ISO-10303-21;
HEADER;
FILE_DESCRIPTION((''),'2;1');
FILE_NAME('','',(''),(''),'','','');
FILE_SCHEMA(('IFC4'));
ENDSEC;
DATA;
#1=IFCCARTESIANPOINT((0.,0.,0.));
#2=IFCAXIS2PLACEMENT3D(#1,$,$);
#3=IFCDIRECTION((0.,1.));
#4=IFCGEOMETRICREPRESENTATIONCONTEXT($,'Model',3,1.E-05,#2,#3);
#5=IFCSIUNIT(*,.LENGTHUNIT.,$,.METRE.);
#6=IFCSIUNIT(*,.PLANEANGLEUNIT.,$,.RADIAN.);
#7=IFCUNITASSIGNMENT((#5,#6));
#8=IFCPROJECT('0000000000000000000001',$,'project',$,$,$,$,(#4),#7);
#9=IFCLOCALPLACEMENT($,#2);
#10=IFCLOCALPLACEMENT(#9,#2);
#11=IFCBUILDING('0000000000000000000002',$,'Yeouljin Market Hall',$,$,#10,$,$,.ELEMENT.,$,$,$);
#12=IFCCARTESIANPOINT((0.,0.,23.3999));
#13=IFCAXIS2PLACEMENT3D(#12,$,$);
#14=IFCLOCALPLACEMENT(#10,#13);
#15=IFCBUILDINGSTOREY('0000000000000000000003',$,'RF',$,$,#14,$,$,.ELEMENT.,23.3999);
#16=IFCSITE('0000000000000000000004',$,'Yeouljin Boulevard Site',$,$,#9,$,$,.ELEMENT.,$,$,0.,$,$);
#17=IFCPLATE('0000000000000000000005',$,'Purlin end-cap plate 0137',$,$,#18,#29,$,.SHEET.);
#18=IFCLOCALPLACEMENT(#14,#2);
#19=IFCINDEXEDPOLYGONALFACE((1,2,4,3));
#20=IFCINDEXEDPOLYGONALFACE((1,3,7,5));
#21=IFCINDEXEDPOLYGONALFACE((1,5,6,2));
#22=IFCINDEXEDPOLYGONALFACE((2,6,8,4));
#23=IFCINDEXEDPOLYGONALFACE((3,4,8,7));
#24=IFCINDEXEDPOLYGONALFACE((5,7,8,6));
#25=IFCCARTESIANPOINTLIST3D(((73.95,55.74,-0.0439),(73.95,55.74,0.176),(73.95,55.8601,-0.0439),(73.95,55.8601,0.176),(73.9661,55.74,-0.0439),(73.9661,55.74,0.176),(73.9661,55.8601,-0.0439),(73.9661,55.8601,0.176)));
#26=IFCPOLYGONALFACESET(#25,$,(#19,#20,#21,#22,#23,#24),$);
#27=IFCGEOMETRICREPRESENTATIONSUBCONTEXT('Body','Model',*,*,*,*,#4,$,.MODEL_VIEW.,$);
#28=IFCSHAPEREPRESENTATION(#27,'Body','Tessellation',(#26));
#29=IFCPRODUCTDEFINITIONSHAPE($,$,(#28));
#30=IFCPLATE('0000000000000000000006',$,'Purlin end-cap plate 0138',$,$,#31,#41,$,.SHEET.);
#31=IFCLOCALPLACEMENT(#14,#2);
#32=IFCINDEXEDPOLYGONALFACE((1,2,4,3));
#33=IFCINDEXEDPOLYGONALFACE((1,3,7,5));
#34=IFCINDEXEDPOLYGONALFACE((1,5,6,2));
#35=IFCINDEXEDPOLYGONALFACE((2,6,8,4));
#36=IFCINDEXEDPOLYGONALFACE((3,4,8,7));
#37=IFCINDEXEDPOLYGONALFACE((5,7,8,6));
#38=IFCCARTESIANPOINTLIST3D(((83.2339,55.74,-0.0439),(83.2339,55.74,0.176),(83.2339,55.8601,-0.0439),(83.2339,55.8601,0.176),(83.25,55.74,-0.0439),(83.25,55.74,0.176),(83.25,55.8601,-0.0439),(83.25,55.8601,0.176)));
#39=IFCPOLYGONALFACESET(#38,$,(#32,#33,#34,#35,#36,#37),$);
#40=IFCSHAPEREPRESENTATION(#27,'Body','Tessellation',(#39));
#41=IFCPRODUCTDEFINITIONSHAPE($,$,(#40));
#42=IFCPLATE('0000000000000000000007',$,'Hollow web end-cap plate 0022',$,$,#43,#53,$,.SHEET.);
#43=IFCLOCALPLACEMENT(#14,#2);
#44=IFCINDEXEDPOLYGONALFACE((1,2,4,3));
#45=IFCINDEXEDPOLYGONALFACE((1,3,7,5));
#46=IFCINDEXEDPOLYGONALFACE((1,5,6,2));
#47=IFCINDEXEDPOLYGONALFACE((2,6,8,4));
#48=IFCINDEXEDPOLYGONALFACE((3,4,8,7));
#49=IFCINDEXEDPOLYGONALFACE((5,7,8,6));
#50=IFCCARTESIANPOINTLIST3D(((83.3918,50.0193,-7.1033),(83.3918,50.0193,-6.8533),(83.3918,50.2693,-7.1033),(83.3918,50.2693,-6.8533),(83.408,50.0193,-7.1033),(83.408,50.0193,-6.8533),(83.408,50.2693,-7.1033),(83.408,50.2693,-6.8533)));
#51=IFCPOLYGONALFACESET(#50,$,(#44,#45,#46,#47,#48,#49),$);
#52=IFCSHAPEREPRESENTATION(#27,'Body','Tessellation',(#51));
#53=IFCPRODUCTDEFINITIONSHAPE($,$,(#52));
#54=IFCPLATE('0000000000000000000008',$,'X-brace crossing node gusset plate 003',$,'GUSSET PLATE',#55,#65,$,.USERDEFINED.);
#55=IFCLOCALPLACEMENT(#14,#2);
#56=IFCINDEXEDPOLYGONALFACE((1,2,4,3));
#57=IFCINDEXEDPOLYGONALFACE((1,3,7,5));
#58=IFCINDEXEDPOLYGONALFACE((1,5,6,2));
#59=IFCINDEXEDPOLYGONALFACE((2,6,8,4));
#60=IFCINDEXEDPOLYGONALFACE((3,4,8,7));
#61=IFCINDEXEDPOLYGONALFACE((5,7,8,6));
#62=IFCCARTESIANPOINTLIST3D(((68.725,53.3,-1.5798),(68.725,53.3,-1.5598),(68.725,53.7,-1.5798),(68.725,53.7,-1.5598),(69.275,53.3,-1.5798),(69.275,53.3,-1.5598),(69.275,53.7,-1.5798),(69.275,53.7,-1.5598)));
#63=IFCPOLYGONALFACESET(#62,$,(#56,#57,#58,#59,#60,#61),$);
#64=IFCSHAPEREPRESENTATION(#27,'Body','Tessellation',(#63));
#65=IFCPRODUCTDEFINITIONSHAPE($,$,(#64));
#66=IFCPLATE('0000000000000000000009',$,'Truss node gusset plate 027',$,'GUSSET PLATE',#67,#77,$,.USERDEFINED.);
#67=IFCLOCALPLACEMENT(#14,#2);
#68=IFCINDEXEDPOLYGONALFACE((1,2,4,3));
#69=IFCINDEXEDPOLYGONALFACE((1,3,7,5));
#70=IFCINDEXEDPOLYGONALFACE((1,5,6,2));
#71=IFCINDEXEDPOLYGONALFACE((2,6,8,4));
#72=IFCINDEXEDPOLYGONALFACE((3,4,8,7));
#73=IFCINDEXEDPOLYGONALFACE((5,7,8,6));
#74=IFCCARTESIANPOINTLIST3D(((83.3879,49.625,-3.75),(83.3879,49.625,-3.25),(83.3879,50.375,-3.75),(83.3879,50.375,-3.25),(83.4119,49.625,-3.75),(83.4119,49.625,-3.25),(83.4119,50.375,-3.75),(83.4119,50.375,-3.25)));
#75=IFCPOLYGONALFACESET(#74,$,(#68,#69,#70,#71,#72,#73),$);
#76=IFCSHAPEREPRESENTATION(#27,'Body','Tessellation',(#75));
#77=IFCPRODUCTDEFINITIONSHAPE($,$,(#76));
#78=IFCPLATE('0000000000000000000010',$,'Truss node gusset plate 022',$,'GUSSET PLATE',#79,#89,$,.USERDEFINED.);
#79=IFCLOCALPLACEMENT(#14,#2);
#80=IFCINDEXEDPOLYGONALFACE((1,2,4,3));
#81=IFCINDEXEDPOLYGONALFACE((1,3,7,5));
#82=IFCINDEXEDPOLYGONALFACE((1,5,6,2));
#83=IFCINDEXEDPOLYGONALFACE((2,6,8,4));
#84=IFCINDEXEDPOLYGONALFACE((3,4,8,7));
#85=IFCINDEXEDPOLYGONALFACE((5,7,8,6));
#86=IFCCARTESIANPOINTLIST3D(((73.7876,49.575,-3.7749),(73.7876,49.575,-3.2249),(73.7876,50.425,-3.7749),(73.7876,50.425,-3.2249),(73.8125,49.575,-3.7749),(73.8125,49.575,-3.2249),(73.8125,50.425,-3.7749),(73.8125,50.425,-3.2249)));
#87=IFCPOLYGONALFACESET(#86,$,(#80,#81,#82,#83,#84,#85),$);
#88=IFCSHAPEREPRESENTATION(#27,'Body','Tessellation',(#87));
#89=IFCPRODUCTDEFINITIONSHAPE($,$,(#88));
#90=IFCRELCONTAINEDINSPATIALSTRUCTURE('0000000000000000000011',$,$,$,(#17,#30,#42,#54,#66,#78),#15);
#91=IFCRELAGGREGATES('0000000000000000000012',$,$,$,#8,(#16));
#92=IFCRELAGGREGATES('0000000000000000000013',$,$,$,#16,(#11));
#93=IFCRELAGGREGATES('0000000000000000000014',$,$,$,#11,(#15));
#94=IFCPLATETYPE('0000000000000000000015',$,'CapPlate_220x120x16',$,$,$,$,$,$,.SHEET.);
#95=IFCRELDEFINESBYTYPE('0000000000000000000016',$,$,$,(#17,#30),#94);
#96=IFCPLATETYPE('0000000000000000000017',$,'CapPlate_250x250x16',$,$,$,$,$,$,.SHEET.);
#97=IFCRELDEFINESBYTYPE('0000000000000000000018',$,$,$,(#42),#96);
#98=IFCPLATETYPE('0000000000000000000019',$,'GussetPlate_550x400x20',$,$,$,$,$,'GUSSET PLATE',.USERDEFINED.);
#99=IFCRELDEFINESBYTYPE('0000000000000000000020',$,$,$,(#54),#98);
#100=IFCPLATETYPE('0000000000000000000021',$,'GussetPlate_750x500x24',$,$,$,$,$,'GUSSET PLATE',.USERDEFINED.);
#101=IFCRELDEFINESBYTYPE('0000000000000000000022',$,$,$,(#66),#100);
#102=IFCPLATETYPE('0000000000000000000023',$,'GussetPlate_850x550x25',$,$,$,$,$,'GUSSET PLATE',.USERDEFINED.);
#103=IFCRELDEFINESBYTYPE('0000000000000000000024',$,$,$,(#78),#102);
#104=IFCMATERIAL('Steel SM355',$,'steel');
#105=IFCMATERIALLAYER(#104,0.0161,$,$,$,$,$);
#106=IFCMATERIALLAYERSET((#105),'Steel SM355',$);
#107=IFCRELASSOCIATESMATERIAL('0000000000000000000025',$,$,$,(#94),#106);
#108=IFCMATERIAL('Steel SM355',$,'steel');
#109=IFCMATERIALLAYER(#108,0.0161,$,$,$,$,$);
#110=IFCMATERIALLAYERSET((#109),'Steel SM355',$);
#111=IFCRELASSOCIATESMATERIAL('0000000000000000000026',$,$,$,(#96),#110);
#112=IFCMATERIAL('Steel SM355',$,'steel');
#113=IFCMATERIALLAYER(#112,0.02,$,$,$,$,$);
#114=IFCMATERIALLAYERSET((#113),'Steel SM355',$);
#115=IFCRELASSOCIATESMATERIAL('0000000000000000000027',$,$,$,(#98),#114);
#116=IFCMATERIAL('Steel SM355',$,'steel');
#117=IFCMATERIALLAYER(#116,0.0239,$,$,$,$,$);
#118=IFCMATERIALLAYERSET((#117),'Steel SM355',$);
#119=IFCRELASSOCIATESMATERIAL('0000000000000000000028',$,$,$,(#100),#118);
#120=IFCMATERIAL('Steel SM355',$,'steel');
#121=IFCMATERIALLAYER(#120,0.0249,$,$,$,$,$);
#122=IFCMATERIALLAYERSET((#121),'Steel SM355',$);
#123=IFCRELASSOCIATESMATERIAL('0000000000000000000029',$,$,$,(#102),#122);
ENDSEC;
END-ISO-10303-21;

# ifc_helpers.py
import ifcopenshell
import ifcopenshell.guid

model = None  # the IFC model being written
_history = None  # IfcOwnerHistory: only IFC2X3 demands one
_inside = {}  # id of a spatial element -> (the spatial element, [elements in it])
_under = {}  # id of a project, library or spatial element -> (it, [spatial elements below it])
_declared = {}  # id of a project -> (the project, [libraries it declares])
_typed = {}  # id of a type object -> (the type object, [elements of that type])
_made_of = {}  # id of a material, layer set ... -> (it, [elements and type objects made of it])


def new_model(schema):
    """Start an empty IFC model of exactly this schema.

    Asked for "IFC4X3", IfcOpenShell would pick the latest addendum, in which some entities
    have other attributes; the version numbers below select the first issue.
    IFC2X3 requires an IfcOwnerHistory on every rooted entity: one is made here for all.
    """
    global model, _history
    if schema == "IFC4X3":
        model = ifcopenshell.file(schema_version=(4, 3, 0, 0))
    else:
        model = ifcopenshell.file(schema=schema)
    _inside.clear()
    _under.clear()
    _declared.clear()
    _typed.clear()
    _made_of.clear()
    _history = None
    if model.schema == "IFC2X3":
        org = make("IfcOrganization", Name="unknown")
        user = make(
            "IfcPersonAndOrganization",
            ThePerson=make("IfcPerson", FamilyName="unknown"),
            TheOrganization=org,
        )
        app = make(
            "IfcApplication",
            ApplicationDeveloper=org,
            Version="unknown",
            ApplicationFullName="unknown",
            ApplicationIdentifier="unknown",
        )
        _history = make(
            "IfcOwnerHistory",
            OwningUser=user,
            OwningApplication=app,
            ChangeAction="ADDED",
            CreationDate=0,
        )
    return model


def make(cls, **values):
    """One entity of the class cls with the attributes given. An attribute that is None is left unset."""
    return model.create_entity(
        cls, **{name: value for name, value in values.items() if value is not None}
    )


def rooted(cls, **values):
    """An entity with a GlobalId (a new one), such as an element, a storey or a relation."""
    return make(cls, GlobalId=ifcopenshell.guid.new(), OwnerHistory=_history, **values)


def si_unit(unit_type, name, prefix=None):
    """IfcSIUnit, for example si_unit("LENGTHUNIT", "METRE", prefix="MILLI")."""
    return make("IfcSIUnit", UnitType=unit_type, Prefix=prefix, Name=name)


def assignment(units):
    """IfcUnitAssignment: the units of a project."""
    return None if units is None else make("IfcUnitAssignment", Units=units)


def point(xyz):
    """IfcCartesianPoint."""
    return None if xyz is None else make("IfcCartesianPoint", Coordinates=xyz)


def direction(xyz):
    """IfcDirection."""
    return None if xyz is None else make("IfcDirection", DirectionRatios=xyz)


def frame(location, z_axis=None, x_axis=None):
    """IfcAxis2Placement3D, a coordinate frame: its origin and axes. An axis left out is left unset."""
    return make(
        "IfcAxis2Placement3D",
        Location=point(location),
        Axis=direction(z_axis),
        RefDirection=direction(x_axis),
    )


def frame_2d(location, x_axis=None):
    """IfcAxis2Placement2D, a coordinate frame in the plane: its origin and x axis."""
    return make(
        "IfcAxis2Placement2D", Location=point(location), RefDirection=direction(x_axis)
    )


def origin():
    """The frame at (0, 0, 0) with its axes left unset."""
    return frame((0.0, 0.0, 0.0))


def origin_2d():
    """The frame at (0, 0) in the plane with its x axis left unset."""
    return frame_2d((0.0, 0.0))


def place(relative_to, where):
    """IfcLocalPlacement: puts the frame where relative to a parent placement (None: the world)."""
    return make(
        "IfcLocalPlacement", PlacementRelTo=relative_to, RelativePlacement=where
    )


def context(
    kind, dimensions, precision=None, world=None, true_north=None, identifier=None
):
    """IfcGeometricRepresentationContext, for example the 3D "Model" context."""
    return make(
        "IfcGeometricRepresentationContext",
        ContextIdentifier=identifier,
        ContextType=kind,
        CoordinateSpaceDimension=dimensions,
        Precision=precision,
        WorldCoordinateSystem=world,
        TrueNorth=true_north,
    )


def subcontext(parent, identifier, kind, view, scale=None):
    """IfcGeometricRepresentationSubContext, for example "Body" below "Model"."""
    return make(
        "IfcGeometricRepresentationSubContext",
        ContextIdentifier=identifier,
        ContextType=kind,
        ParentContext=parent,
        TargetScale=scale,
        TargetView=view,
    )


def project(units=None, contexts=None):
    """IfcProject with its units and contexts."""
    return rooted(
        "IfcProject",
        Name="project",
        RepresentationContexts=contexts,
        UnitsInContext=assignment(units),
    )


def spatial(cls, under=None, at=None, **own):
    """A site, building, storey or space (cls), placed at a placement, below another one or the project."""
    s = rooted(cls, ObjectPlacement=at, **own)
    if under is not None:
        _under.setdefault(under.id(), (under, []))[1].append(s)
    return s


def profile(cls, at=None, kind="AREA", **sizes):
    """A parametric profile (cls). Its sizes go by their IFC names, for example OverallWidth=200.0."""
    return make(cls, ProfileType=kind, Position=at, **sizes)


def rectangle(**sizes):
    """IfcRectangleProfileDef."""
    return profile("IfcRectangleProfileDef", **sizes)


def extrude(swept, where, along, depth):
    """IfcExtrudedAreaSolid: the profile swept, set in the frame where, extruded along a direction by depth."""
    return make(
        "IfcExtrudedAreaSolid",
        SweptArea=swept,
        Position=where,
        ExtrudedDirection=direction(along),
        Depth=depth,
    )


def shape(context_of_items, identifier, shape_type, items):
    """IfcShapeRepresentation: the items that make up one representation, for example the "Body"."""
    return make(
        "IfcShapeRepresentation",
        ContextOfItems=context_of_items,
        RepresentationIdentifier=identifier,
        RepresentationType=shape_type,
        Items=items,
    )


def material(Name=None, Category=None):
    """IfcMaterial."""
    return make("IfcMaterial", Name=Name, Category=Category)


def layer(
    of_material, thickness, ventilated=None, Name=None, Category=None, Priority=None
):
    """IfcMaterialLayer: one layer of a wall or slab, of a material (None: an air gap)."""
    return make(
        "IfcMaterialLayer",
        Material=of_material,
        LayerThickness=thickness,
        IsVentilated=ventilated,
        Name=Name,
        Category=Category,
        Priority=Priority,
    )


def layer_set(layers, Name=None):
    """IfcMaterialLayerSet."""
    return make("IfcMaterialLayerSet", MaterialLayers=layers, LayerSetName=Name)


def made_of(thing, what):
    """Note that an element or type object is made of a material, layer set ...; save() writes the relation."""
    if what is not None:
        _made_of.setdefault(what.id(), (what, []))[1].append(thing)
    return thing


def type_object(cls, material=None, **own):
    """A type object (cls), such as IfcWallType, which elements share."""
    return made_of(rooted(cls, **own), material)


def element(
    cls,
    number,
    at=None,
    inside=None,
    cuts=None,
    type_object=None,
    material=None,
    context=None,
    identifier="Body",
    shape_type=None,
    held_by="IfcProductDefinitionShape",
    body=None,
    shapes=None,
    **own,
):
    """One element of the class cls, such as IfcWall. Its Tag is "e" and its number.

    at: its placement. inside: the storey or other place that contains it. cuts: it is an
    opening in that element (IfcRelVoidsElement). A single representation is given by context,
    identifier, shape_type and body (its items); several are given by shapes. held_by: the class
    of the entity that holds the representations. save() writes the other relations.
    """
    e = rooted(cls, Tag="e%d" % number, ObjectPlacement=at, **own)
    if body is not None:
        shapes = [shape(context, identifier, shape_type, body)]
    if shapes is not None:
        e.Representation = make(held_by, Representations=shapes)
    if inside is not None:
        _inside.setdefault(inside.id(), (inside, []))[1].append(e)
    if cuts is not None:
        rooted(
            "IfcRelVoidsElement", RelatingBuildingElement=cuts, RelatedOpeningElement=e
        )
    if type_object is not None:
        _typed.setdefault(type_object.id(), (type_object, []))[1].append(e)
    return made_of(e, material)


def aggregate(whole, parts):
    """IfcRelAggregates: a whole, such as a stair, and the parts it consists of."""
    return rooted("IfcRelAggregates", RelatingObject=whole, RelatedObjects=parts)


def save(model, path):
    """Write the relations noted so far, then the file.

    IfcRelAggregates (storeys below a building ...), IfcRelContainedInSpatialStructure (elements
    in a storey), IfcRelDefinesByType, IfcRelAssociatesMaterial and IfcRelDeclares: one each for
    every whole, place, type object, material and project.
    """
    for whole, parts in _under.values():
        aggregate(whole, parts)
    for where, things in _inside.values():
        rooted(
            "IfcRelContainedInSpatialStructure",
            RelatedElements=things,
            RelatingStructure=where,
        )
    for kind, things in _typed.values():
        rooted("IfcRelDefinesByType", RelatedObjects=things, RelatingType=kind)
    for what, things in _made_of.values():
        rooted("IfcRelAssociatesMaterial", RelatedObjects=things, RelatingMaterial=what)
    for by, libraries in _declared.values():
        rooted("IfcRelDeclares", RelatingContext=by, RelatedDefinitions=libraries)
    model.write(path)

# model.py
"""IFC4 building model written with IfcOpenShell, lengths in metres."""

from ifc_helpers import new_model, si_unit, direction, frame, origin, origin_2d, place, context, subcontext, project, spatial, rectangle, extrude, material, layer, layer_set, type_object, element, save


model = new_model("IFC4")

# Units and contexts
model_context = context("Model", 3, precision=1e-05, world=origin(), true_north=direction((0.0, 1.0)))
body_context = subcontext(model_context, "Body", "Model", "MODEL_VIEW")
ifc_project = project(units=[si_unit("LENGTHUNIT", "METRE"), si_unit("PLANEANGLEUNIT", "RADIAN")], contexts=[model_context])

# Site, building, storey
site_placement = place(None, origin())
site = spatial("IfcSite", under=ifc_project, at=site_placement, Name="Yeouljin Boulevard Site", CompositionType="ELEMENT", RefElevation=0.0)
building_placement = place(site_placement, origin())
building = spatial("IfcBuilding", under=site, at=building_placement, Name="Yeouljin Market Hall", CompositionType="ELEMENT")
storey_placement = place(building_placement, frame((0.0, 0.0, 23.3999)))
storey = spatial("IfcBuildingStorey", under=building, at=storey_placement, Name="RF", CompositionType="ELEMENT", Elevation=23.3999)

# Plates
ifc_material_1 = material(Name="Steel SM355", Category="steel")
ifc_layer_1 = layer(ifc_material_1, 0.0161)
ifc_layer_set_1 = layer_set([ifc_layer_1], Name="Steel SM355")
plate_type_1 = type_object("IfcPlateType", Name="CapPlate_220x120x16", PredefinedType="SHEET", material=ifc_layer_set_1)
for number, where, z_axis, x_axis, name in (
    (1, (73.958, 55.8, -0.0439), (0.0, 0.0, 1.0), (0.0, 1.0, 0.0), "Purlin end-cap plate 0137"),
    (2, (83.2419, 55.8, -0.0439), (0.0, 0.0, 1.0), (0.0, 1.0, 0.0), "Purlin end-cap plate 0138"),
):
    element("IfcPlate", number, at=place(storey_placement, frame(where, z_axis=z_axis, x_axis=x_axis)), inside=storey, type_object=plate_type_1, Name=name, PredefinedType="SHEET", context=body_context, shape_type="SweptSolid", body=[
        extrude(rectangle(XDim=0.1201, YDim=0.0161, at=origin_2d()), origin(), (0.0, 0.0, 1.0), 0.22),
    ])
ifc_material_2 = material(Name="Steel SM355", Category="steel")
ifc_layer_2 = layer(ifc_material_2, 0.0161)
ifc_layer_set_2 = layer_set([ifc_layer_2], Name="Steel SM355")
plate_type_2 = type_object("IfcPlateType", Name="CapPlate_250x250x16", PredefinedType="SHEET", material=ifc_layer_set_2)
plate_1_placement = place(storey_placement, frame((83.3999, 50.1443, -7.1033), z_axis=(0.0, 0.0, 1.0), x_axis=(0.0, 1.0, 0.0)))
element("IfcPlate", 3, at=plate_1_placement, inside=storey, type_object=plate_type_2, Name="Hollow web end-cap plate 0022", PredefinedType="SHEET", context=body_context, shape_type="SweptSolid", body=[
    extrude(rectangle(XDim=0.25, YDim=0.0161, at=origin_2d()), origin(), (0.0, 0.0, 1.0), 0.25),
])
ifc_material_3 = material(Name="Steel SM355", Category="steel")
ifc_layer_3 = layer(ifc_material_3, 0.02)
ifc_layer_set_3 = layer_set([ifc_layer_3], Name="Steel SM355")
plate_type_3 = type_object("IfcPlateType", Name="GussetPlate_550x400x20", ElementType="GUSSET PLATE", PredefinedType="USERDEFINED", material=ifc_layer_set_3)
plate_2_placement = place(storey_placement, frame((69.0, 53.5, -1.5798), z_axis=(0.0, 0.0, 1.0), x_axis=(1.0, 0.0, 0.0)))
element("IfcPlate", 4, at=plate_2_placement, inside=storey, type_object=plate_type_3, Name="X-brace crossing node gusset plate 003", ObjectType="GUSSET PLATE", PredefinedType="USERDEFINED", context=body_context, shape_type="SweptSolid", body=[
    extrude(rectangle(XDim=0.55, YDim=0.3999, at=origin_2d()), origin(), (0.0, 0.0, 1.0), 0.02),
])
ifc_material_4 = material(Name="Steel SM355", Category="steel")
ifc_layer_4 = layer(ifc_material_4, 0.0239)
ifc_layer_set_4 = layer_set([ifc_layer_4], Name="Steel SM355")
plate_type_4 = type_object("IfcPlateType", Name="GussetPlate_750x500x24", ElementType="GUSSET PLATE", PredefinedType="USERDEFINED", material=ifc_layer_set_4)
plate_3_placement = place(storey_placement, frame((83.3999, 50.0, -3.75), z_axis=(0.0, 0.0, 1.0), x_axis=(0.0, 1.0, 0.0)))
element("IfcPlate", 5, at=plate_3_placement, inside=storey, type_object=plate_type_4, Name="Truss node gusset plate 027", ObjectType="GUSSET PLATE", PredefinedType="USERDEFINED", context=body_context, shape_type="SweptSolid", body=[
    extrude(rectangle(XDim=0.75, YDim=0.0239, at=origin_2d()), origin(), (0.0, 0.0, 1.0), 0.5),
])
ifc_material_5 = material(Name="Steel SM355", Category="steel")
ifc_layer_5 = layer(ifc_material_5, 0.0249)
ifc_layer_set_5 = layer_set([ifc_layer_5], Name="Steel SM355")
plate_type_5 = type_object("IfcPlateType", Name="GussetPlate_850x550x25", ElementType="GUSSET PLATE", PredefinedType="USERDEFINED", material=ifc_layer_set_5)
plate_4_placement = place(storey_placement, frame((73.8, 50.0, -3.7749), z_axis=(0.0, 0.0, 1.0), x_axis=(0.0, 1.0, 0.0)))
element("IfcPlate", 6, at=plate_4_placement, inside=storey, type_object=plate_type_5, Name="Truss node gusset plate 022", ObjectType="GUSSET PLATE", PredefinedType="USERDEFINED", context=body_context, shape_type="SweptSolid", body=[
    extrude(rectangle(XDim=0.8501, YDim=0.0249, at=origin_2d()), origin(), (0.0, 0.0, 1.0), 0.55),
])

save(model, "model.ifc")
